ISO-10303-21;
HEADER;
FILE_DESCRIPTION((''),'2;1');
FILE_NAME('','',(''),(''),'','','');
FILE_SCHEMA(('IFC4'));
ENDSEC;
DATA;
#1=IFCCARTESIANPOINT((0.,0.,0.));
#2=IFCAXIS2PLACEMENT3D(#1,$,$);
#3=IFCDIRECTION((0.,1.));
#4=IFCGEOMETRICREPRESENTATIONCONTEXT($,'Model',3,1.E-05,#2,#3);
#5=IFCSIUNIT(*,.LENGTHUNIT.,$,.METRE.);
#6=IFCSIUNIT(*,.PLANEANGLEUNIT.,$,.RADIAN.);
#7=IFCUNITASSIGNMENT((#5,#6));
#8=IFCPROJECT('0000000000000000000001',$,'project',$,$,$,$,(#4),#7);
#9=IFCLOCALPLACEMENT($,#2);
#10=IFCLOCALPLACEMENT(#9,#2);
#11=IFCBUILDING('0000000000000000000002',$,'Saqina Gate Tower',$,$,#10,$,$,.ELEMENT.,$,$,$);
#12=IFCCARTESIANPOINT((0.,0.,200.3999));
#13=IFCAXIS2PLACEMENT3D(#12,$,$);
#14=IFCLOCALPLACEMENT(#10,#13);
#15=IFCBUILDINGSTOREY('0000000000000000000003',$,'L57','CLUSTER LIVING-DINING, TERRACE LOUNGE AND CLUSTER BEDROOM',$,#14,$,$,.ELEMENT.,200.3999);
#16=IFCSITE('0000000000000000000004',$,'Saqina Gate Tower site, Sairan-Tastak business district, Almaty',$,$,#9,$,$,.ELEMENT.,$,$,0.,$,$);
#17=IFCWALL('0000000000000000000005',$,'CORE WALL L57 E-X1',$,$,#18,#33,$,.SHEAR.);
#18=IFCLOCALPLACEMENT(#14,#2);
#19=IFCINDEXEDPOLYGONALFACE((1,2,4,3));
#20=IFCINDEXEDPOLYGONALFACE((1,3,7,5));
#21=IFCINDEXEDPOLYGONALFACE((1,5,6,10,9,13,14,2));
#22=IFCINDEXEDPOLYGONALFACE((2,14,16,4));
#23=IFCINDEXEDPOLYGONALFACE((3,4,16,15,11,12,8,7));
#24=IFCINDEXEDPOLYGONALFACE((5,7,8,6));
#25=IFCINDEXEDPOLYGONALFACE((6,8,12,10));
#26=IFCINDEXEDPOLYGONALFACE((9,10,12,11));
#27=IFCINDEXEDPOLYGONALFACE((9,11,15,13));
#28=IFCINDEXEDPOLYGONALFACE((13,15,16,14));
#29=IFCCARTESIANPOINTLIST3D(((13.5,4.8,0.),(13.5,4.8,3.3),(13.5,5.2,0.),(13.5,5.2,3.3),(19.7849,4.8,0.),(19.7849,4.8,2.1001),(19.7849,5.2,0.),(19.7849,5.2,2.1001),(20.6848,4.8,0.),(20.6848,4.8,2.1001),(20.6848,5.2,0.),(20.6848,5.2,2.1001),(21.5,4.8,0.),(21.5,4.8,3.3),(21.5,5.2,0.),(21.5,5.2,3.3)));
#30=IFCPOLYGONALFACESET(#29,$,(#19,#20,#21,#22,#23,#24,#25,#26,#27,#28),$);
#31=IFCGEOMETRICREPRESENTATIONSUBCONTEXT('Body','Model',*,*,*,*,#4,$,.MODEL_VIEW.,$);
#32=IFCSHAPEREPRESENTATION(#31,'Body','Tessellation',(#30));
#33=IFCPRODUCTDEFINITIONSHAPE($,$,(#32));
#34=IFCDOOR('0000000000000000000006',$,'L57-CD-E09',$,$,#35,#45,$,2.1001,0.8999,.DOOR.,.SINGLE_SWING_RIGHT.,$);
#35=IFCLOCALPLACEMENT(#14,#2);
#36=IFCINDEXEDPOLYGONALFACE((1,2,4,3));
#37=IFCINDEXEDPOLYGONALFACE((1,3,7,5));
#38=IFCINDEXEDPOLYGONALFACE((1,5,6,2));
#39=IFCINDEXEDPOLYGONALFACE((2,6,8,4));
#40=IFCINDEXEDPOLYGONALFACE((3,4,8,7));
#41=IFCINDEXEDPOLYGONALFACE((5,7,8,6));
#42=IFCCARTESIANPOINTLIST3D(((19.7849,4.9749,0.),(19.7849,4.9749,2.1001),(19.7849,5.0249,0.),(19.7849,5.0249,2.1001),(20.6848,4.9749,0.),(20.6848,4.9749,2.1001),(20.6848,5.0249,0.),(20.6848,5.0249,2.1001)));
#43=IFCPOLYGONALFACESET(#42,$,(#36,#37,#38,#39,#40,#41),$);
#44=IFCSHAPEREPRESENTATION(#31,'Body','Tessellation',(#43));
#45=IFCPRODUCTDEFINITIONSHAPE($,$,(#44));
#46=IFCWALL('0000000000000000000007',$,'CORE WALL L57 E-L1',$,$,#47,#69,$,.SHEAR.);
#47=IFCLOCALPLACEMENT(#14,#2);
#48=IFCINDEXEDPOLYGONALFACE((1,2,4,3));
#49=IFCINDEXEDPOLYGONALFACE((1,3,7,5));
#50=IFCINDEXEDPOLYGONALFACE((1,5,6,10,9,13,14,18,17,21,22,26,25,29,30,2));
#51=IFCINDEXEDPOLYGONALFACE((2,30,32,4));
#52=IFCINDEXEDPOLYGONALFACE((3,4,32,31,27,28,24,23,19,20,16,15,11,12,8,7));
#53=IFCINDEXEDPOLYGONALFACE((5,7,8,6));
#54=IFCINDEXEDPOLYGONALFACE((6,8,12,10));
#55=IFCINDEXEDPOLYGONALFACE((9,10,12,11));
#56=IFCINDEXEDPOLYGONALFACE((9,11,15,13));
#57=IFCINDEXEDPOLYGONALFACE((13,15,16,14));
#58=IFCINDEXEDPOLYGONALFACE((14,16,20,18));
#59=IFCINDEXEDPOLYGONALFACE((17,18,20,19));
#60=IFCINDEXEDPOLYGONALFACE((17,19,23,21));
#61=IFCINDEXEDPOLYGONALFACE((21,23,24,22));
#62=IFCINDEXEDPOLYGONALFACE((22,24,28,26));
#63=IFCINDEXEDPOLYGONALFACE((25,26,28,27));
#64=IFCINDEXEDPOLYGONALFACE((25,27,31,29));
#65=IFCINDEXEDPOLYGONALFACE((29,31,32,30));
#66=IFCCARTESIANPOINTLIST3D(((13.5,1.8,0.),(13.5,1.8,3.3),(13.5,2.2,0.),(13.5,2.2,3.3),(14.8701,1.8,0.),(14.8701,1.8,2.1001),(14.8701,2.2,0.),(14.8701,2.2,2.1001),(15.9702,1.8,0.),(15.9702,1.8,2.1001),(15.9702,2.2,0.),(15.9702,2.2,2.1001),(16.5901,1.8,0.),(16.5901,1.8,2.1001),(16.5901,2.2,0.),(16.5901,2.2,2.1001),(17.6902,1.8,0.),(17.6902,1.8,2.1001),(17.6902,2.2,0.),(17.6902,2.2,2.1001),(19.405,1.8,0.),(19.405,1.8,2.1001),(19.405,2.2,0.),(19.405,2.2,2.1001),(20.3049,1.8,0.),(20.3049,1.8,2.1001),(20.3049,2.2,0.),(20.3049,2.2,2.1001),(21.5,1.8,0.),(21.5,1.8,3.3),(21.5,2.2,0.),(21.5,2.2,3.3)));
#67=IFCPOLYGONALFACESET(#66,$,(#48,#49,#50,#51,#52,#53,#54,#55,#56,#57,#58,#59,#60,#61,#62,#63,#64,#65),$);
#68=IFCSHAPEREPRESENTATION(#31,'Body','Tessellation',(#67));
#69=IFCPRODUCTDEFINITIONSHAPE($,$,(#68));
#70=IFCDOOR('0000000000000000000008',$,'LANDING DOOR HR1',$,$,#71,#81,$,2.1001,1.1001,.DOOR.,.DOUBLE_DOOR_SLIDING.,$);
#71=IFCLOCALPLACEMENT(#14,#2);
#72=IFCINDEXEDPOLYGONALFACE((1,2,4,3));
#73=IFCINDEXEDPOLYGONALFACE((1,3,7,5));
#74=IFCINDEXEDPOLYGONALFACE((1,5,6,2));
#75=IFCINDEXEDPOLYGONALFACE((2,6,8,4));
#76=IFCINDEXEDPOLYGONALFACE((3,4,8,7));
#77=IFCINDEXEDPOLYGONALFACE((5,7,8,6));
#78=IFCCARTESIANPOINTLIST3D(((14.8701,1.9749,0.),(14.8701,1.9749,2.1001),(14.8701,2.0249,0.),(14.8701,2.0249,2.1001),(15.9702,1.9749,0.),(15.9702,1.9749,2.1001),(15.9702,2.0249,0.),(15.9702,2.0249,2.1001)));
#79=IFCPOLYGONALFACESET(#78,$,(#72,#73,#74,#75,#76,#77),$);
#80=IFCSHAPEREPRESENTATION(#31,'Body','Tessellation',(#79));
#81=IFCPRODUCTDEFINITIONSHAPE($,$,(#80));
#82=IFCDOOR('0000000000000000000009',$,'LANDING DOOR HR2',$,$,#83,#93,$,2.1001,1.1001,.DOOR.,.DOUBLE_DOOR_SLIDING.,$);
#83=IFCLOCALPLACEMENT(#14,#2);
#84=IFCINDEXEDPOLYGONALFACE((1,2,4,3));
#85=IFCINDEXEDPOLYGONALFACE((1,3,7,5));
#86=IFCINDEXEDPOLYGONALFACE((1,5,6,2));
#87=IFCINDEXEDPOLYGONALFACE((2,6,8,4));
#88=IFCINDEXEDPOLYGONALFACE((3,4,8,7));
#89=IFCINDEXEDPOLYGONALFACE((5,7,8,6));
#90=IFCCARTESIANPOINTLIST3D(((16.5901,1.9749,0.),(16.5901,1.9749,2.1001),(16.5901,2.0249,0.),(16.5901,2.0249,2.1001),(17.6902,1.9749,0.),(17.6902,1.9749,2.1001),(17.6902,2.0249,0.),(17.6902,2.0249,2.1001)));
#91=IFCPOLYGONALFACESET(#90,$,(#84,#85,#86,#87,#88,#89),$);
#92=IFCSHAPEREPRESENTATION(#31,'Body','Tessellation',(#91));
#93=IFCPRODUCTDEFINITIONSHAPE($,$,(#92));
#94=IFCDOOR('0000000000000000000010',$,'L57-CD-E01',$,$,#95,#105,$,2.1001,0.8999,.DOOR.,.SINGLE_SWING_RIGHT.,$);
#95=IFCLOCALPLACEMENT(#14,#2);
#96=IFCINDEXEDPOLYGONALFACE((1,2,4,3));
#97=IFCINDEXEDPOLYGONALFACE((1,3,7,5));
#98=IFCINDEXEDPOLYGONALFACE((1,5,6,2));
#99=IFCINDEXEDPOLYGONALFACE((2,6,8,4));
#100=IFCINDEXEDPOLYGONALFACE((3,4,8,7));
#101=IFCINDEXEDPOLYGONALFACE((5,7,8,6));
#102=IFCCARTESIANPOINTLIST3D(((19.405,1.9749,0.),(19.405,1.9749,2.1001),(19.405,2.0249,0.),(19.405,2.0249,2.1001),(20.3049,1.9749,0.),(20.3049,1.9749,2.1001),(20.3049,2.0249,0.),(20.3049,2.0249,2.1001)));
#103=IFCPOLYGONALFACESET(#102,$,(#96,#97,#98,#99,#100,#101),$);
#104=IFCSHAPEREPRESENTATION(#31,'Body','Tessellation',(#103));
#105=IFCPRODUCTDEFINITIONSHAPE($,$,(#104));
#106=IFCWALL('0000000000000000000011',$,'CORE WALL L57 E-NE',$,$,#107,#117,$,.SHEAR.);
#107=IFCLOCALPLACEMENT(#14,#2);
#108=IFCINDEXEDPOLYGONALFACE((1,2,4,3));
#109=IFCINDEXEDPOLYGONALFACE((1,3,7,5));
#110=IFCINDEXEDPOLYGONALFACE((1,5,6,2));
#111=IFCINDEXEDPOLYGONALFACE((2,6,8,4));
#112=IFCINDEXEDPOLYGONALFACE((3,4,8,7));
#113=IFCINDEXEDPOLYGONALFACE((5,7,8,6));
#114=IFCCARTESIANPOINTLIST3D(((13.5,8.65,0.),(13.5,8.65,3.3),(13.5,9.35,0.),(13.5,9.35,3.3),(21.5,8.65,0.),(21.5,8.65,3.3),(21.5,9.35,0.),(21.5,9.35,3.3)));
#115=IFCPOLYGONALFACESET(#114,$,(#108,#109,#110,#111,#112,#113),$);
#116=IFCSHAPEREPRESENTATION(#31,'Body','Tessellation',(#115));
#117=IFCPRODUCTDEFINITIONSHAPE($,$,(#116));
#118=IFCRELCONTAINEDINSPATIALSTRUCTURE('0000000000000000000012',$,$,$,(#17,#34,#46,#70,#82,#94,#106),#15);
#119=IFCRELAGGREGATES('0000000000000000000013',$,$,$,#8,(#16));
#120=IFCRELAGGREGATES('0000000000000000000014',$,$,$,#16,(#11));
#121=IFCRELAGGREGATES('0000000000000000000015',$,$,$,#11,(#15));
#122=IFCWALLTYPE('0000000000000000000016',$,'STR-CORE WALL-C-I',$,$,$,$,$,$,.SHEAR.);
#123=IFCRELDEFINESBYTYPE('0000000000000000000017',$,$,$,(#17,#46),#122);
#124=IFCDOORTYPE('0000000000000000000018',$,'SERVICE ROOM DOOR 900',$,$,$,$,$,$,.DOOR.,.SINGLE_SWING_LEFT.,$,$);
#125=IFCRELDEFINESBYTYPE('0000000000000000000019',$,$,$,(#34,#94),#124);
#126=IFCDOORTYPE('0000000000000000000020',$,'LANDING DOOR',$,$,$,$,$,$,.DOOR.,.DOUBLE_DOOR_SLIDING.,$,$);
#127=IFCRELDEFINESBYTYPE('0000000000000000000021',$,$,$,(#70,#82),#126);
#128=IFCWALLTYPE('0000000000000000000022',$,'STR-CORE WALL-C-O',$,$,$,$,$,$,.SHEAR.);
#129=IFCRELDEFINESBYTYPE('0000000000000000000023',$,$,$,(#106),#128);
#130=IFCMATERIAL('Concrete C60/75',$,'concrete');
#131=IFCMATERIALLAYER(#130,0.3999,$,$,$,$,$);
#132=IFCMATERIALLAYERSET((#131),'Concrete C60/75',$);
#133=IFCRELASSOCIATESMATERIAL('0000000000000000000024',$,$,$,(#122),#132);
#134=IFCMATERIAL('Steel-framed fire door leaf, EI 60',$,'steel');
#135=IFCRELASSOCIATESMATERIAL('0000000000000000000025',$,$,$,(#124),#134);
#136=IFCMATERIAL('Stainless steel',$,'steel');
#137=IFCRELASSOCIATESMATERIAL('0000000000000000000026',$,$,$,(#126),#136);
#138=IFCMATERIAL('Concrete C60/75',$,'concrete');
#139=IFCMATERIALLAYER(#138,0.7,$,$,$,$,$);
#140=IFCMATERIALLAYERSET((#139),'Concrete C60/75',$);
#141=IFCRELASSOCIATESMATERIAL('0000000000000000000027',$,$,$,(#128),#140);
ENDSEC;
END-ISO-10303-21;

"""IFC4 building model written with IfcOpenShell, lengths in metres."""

from ifc_helpers import new_model, si_unit, direction, frame, frame_2d, origin, place, context, subcontext, project, spatial, rectangle, extrude, material, layer, layer_set, type_object, element, fill, save


model = new_model("IFC4")

# Units and contexts
model_context = context("Model", 3, precision=1e-05, world=origin(), true_north=direction((0.0, 1.0)))
body_context = subcontext(model_context, "Body", "Model", "MODEL_VIEW")
ifc_project = project(units=[si_unit("LENGTHUNIT", "METRE"), si_unit("PLANEANGLEUNIT", "RADIAN")], contexts=[model_context])

# Site, building, storey
site_placement = place(None, origin())
site = spatial("IfcSite", under=ifc_project, at=site_placement, Name="Saqina Gate Tower site, Sairan-Tastak business district, Almaty", CompositionType="ELEMENT", RefElevation=0.0)
building_placement = place(site_placement, origin())
building = spatial("IfcBuilding", under=site, at=building_placement, Name="Saqina Gate Tower", CompositionType="ELEMENT")
storey_placement = place(building_placement, frame((0.0, 0.0, 200.3999)))
storey = spatial("IfcBuildingStorey", under=building, at=storey_placement, Name="L57", Description="CLUSTER LIVING-DINING, TERRACE LOUNGE AND CLUSTER BEDROOM", CompositionType="ELEMENT", Elevation=200.3999)

# Wall, opening, door
ifc_material_1 = material(Name="Concrete C60/75", Category="concrete")
ifc_layer_1 = layer(ifc_material_1, 0.3999)
ifc_layer_set_1 = layer_set([ifc_layer_1], Name="Concrete C60/75")
wall_type_1 = type_object("IfcWallType", Name="STR-CORE WALL-C-I", PredefinedType="SHEAR", material=ifc_layer_set_1)
wall_1_placement = place(storey_placement, frame((13.5, 5.0, 0.0), z_axis=(0.0, 0.0, 1.0), x_axis=(1.0, 0.0, 0.0)))
wall_1 = element("IfcWall", 1, at=wall_1_placement, inside=storey, type_object=wall_type_1, Name="CORE WALL L57 E-X1", PredefinedType="SHEAR", context=body_context, shape_type="SweptSolid", body=[
    extrude(rectangle(XDim=8.0, YDim=0.3999, at=frame_2d((4.0, 0.0))), origin(), (0.0, 0.0, 1.0), 3.3),
])
opening_1_placement = place(wall_1_placement, frame((6.2849, 0.0, 0.0)))
opening_1 = element("IfcOpeningElement", 2, at=opening_1_placement, cuts=wall_1, PredefinedType="OPENING", context=body_context, shape_type="SweptSolid", body=[
    extrude(rectangle(XDim=0.8999, YDim=2.1001, at=frame_2d((0.45, 1.05))), frame((0.0, 0.2119, 0.0), z_axis=(0.0, -1.0, 0.0), x_axis=(1.0, 0.0, 0.0)), (0.0, 0.0, 1.0), 0.4238),
])
ifc_material_2 = material(Name="Steel-framed fire door leaf, EI 60", Category="steel")
door_type_1 = type_object("IfcDoorType", Name="SERVICE ROOM DOOR 900", OperationType="SINGLE_SWING_LEFT", PredefinedType="DOOR", material=ifc_material_2)
door_1_placement = place(opening_1_placement, origin())
door_1 = element("IfcDoor", 3, at=door_1_placement, inside=storey, type_object=door_type_1, Name="L57-CD-E09", OperationType="SINGLE_SWING_RIGHT", OverallHeight=2.1001, OverallWidth=0.8999, PredefinedType="DOOR", context=body_context, shape_type="SweptSolid", body=[
    extrude(rectangle(XDim=0.8999, YDim=2.1001, at=frame_2d((0.45, 1.05))), frame((0.0, 0.0249, 0.0), z_axis=(0.0, -1.0, 0.0), x_axis=(1.0, 0.0, 0.0)), (0.0, 0.0, 1.0), 0.05),
])
fill(opening_1, door_1)

# Wall, openings, doors
wall_2_placement = place(storey_placement, frame((13.5, 2.0, 0.0), z_axis=(0.0, 0.0, 1.0), x_axis=(1.0, 0.0, 0.0)))
wall_2 = element("IfcWall", 4, at=wall_2_placement, inside=storey, type_object=wall_type_1, Name="CORE WALL L57 E-L1", PredefinedType="SHEAR", context=body_context, shape_type="SweptSolid", body=[
    extrude(rectangle(XDim=8.0, YDim=0.3999, at=frame_2d((4.0, 0.0))), origin(), (0.0, 0.0, 1.0), 3.3),
])
opening_2_placement = place(wall_2_placement, frame((1.3701, 0.0, 0.0)))
opening_2 = element("IfcOpeningElement", 5, at=opening_2_placement, cuts=wall_2, PredefinedType="OPENING", context=body_context, shape_type="SweptSolid", body=[
    extrude(rectangle(XDim=1.1001, YDim=2.1001, at=frame_2d((0.55, 1.05))), frame((0.0, 0.2119, 0.0), z_axis=(0.0, -1.0, 0.0), x_axis=(1.0, 0.0, 0.0)), (0.0, 0.0, 1.0), 0.4238),
])
opening_3_placement = place(wall_2_placement, frame((3.0901, 0.0, 0.0)))
opening_3 = element("IfcOpeningElement", 6, at=opening_3_placement, cuts=wall_2, PredefinedType="OPENING", context=body_context, shape_type="SweptSolid", body=[
    extrude(rectangle(XDim=1.1001, YDim=2.1001, at=frame_2d((0.55, 1.05))), frame((0.0, 0.2119, 0.0), z_axis=(0.0, -1.0, 0.0), x_axis=(1.0, 0.0, 0.0)), (0.0, 0.0, 1.0), 0.4238),
])
opening_4_placement = place(wall_2_placement, frame((5.905, 0.0, 0.0)))
opening_4 = element("IfcOpeningElement", 7, at=opening_4_placement, cuts=wall_2, PredefinedType="OPENING", context=body_context, shape_type="SweptSolid", body=[
    extrude(rectangle(XDim=0.8999, YDim=2.1001, at=frame_2d((0.45, 1.05))), frame((0.0, 0.2119, 0.0), z_axis=(0.0, -1.0, 0.0), x_axis=(1.0, 0.0, 0.0)), (0.0, 0.0, 1.0), 0.4238),
])
ifc_material_3 = material(Name="Stainless steel", Category="steel")
door_type_2 = type_object("IfcDoorType", Name="LANDING DOOR", OperationType="DOUBLE_DOOR_SLIDING", PredefinedType="DOOR", material=ifc_material_3)
door_2_placement = place(opening_2_placement, origin())
door_2 = element("IfcDoor", 8, at=door_2_placement, inside=storey, type_object=door_type_2, Name="LANDING DOOR HR1", OperationType="DOUBLE_DOOR_SLIDING", OverallHeight=2.1001, OverallWidth=1.1001, PredefinedType="DOOR", context=body_context, shape_type="SweptSolid", body=[
    extrude(rectangle(XDim=1.1001, YDim=2.1001, at=frame_2d((0.55, 1.05))), frame((0.0, 0.0249, 0.0), z_axis=(0.0, -1.0, 0.0), x_axis=(1.0, 0.0, 0.0)), (0.0, 0.0, 1.0), 0.05),
])
fill(opening_2, door_2)
door_3_placement = place(opening_3_placement, origin())
door_3 = element("IfcDoor", 9, at=door_3_placement, inside=storey, type_object=door_type_2, Name="LANDING DOOR HR2", OperationType="DOUBLE_DOOR_SLIDING", OverallHeight=2.1001, OverallWidth=1.1001, PredefinedType="DOOR", context=body_context, shape_type="SweptSolid", body=[
    extrude(rectangle(XDim=1.1001, YDim=2.1001, at=frame_2d((0.55, 1.05))), frame((0.0, 0.0249, 0.0), z_axis=(0.0, -1.0, 0.0), x_axis=(1.0, 0.0, 0.0)), (0.0, 0.0, 1.0), 0.05),
])
fill(opening_3, door_3)
door_4_placement = place(opening_4_placement, origin())
door_4 = element("IfcDoor", 10, at=door_4_placement, inside=storey, type_object=door_type_1, Name="L57-CD-E01", OperationType="SINGLE_SWING_RIGHT", OverallHeight=2.1001, OverallWidth=0.8999, PredefinedType="DOOR", context=body_context, shape_type="SweptSolid", body=[
    extrude(rectangle(XDim=0.8999, YDim=2.1001, at=frame_2d((0.45, 1.05))), frame((0.0, 0.0249, 0.0), z_axis=(0.0, -1.0, 0.0), x_axis=(1.0, 0.0, 0.0)), (0.0, 0.0, 1.0), 0.05),
])
fill(opening_4, door_4)

# Wall
ifc_material_4 = material(Name="Concrete C60/75", Category="concrete")
ifc_layer_2 = layer(ifc_material_4, 0.7)
ifc_layer_set_2 = layer_set([ifc_layer_2], Name="Concrete C60/75")
wall_type_2 = type_object("IfcWallType", Name="STR-CORE WALL-C-O", PredefinedType="SHEAR", material=ifc_layer_set_2)
wall_3_placement = place(storey_placement, frame((13.5, 9.0, 0.0), z_axis=(0.0, 0.0, 1.0), x_axis=(1.0, 0.0, 0.0)))
element("IfcWall", 11, at=wall_3_placement, inside=storey, type_object=wall_type_2, Name="CORE WALL L57 E-NE", PredefinedType="SHEAR", context=body_context, shape_type="SweptSolid", body=[
    extrude(rectangle(XDim=8.0, YDim=0.7, at=frame_2d((4.0, 0.0))), origin(), (0.0, 0.0, 1.0), 3.3),
])

save(model, "model.ifc")
